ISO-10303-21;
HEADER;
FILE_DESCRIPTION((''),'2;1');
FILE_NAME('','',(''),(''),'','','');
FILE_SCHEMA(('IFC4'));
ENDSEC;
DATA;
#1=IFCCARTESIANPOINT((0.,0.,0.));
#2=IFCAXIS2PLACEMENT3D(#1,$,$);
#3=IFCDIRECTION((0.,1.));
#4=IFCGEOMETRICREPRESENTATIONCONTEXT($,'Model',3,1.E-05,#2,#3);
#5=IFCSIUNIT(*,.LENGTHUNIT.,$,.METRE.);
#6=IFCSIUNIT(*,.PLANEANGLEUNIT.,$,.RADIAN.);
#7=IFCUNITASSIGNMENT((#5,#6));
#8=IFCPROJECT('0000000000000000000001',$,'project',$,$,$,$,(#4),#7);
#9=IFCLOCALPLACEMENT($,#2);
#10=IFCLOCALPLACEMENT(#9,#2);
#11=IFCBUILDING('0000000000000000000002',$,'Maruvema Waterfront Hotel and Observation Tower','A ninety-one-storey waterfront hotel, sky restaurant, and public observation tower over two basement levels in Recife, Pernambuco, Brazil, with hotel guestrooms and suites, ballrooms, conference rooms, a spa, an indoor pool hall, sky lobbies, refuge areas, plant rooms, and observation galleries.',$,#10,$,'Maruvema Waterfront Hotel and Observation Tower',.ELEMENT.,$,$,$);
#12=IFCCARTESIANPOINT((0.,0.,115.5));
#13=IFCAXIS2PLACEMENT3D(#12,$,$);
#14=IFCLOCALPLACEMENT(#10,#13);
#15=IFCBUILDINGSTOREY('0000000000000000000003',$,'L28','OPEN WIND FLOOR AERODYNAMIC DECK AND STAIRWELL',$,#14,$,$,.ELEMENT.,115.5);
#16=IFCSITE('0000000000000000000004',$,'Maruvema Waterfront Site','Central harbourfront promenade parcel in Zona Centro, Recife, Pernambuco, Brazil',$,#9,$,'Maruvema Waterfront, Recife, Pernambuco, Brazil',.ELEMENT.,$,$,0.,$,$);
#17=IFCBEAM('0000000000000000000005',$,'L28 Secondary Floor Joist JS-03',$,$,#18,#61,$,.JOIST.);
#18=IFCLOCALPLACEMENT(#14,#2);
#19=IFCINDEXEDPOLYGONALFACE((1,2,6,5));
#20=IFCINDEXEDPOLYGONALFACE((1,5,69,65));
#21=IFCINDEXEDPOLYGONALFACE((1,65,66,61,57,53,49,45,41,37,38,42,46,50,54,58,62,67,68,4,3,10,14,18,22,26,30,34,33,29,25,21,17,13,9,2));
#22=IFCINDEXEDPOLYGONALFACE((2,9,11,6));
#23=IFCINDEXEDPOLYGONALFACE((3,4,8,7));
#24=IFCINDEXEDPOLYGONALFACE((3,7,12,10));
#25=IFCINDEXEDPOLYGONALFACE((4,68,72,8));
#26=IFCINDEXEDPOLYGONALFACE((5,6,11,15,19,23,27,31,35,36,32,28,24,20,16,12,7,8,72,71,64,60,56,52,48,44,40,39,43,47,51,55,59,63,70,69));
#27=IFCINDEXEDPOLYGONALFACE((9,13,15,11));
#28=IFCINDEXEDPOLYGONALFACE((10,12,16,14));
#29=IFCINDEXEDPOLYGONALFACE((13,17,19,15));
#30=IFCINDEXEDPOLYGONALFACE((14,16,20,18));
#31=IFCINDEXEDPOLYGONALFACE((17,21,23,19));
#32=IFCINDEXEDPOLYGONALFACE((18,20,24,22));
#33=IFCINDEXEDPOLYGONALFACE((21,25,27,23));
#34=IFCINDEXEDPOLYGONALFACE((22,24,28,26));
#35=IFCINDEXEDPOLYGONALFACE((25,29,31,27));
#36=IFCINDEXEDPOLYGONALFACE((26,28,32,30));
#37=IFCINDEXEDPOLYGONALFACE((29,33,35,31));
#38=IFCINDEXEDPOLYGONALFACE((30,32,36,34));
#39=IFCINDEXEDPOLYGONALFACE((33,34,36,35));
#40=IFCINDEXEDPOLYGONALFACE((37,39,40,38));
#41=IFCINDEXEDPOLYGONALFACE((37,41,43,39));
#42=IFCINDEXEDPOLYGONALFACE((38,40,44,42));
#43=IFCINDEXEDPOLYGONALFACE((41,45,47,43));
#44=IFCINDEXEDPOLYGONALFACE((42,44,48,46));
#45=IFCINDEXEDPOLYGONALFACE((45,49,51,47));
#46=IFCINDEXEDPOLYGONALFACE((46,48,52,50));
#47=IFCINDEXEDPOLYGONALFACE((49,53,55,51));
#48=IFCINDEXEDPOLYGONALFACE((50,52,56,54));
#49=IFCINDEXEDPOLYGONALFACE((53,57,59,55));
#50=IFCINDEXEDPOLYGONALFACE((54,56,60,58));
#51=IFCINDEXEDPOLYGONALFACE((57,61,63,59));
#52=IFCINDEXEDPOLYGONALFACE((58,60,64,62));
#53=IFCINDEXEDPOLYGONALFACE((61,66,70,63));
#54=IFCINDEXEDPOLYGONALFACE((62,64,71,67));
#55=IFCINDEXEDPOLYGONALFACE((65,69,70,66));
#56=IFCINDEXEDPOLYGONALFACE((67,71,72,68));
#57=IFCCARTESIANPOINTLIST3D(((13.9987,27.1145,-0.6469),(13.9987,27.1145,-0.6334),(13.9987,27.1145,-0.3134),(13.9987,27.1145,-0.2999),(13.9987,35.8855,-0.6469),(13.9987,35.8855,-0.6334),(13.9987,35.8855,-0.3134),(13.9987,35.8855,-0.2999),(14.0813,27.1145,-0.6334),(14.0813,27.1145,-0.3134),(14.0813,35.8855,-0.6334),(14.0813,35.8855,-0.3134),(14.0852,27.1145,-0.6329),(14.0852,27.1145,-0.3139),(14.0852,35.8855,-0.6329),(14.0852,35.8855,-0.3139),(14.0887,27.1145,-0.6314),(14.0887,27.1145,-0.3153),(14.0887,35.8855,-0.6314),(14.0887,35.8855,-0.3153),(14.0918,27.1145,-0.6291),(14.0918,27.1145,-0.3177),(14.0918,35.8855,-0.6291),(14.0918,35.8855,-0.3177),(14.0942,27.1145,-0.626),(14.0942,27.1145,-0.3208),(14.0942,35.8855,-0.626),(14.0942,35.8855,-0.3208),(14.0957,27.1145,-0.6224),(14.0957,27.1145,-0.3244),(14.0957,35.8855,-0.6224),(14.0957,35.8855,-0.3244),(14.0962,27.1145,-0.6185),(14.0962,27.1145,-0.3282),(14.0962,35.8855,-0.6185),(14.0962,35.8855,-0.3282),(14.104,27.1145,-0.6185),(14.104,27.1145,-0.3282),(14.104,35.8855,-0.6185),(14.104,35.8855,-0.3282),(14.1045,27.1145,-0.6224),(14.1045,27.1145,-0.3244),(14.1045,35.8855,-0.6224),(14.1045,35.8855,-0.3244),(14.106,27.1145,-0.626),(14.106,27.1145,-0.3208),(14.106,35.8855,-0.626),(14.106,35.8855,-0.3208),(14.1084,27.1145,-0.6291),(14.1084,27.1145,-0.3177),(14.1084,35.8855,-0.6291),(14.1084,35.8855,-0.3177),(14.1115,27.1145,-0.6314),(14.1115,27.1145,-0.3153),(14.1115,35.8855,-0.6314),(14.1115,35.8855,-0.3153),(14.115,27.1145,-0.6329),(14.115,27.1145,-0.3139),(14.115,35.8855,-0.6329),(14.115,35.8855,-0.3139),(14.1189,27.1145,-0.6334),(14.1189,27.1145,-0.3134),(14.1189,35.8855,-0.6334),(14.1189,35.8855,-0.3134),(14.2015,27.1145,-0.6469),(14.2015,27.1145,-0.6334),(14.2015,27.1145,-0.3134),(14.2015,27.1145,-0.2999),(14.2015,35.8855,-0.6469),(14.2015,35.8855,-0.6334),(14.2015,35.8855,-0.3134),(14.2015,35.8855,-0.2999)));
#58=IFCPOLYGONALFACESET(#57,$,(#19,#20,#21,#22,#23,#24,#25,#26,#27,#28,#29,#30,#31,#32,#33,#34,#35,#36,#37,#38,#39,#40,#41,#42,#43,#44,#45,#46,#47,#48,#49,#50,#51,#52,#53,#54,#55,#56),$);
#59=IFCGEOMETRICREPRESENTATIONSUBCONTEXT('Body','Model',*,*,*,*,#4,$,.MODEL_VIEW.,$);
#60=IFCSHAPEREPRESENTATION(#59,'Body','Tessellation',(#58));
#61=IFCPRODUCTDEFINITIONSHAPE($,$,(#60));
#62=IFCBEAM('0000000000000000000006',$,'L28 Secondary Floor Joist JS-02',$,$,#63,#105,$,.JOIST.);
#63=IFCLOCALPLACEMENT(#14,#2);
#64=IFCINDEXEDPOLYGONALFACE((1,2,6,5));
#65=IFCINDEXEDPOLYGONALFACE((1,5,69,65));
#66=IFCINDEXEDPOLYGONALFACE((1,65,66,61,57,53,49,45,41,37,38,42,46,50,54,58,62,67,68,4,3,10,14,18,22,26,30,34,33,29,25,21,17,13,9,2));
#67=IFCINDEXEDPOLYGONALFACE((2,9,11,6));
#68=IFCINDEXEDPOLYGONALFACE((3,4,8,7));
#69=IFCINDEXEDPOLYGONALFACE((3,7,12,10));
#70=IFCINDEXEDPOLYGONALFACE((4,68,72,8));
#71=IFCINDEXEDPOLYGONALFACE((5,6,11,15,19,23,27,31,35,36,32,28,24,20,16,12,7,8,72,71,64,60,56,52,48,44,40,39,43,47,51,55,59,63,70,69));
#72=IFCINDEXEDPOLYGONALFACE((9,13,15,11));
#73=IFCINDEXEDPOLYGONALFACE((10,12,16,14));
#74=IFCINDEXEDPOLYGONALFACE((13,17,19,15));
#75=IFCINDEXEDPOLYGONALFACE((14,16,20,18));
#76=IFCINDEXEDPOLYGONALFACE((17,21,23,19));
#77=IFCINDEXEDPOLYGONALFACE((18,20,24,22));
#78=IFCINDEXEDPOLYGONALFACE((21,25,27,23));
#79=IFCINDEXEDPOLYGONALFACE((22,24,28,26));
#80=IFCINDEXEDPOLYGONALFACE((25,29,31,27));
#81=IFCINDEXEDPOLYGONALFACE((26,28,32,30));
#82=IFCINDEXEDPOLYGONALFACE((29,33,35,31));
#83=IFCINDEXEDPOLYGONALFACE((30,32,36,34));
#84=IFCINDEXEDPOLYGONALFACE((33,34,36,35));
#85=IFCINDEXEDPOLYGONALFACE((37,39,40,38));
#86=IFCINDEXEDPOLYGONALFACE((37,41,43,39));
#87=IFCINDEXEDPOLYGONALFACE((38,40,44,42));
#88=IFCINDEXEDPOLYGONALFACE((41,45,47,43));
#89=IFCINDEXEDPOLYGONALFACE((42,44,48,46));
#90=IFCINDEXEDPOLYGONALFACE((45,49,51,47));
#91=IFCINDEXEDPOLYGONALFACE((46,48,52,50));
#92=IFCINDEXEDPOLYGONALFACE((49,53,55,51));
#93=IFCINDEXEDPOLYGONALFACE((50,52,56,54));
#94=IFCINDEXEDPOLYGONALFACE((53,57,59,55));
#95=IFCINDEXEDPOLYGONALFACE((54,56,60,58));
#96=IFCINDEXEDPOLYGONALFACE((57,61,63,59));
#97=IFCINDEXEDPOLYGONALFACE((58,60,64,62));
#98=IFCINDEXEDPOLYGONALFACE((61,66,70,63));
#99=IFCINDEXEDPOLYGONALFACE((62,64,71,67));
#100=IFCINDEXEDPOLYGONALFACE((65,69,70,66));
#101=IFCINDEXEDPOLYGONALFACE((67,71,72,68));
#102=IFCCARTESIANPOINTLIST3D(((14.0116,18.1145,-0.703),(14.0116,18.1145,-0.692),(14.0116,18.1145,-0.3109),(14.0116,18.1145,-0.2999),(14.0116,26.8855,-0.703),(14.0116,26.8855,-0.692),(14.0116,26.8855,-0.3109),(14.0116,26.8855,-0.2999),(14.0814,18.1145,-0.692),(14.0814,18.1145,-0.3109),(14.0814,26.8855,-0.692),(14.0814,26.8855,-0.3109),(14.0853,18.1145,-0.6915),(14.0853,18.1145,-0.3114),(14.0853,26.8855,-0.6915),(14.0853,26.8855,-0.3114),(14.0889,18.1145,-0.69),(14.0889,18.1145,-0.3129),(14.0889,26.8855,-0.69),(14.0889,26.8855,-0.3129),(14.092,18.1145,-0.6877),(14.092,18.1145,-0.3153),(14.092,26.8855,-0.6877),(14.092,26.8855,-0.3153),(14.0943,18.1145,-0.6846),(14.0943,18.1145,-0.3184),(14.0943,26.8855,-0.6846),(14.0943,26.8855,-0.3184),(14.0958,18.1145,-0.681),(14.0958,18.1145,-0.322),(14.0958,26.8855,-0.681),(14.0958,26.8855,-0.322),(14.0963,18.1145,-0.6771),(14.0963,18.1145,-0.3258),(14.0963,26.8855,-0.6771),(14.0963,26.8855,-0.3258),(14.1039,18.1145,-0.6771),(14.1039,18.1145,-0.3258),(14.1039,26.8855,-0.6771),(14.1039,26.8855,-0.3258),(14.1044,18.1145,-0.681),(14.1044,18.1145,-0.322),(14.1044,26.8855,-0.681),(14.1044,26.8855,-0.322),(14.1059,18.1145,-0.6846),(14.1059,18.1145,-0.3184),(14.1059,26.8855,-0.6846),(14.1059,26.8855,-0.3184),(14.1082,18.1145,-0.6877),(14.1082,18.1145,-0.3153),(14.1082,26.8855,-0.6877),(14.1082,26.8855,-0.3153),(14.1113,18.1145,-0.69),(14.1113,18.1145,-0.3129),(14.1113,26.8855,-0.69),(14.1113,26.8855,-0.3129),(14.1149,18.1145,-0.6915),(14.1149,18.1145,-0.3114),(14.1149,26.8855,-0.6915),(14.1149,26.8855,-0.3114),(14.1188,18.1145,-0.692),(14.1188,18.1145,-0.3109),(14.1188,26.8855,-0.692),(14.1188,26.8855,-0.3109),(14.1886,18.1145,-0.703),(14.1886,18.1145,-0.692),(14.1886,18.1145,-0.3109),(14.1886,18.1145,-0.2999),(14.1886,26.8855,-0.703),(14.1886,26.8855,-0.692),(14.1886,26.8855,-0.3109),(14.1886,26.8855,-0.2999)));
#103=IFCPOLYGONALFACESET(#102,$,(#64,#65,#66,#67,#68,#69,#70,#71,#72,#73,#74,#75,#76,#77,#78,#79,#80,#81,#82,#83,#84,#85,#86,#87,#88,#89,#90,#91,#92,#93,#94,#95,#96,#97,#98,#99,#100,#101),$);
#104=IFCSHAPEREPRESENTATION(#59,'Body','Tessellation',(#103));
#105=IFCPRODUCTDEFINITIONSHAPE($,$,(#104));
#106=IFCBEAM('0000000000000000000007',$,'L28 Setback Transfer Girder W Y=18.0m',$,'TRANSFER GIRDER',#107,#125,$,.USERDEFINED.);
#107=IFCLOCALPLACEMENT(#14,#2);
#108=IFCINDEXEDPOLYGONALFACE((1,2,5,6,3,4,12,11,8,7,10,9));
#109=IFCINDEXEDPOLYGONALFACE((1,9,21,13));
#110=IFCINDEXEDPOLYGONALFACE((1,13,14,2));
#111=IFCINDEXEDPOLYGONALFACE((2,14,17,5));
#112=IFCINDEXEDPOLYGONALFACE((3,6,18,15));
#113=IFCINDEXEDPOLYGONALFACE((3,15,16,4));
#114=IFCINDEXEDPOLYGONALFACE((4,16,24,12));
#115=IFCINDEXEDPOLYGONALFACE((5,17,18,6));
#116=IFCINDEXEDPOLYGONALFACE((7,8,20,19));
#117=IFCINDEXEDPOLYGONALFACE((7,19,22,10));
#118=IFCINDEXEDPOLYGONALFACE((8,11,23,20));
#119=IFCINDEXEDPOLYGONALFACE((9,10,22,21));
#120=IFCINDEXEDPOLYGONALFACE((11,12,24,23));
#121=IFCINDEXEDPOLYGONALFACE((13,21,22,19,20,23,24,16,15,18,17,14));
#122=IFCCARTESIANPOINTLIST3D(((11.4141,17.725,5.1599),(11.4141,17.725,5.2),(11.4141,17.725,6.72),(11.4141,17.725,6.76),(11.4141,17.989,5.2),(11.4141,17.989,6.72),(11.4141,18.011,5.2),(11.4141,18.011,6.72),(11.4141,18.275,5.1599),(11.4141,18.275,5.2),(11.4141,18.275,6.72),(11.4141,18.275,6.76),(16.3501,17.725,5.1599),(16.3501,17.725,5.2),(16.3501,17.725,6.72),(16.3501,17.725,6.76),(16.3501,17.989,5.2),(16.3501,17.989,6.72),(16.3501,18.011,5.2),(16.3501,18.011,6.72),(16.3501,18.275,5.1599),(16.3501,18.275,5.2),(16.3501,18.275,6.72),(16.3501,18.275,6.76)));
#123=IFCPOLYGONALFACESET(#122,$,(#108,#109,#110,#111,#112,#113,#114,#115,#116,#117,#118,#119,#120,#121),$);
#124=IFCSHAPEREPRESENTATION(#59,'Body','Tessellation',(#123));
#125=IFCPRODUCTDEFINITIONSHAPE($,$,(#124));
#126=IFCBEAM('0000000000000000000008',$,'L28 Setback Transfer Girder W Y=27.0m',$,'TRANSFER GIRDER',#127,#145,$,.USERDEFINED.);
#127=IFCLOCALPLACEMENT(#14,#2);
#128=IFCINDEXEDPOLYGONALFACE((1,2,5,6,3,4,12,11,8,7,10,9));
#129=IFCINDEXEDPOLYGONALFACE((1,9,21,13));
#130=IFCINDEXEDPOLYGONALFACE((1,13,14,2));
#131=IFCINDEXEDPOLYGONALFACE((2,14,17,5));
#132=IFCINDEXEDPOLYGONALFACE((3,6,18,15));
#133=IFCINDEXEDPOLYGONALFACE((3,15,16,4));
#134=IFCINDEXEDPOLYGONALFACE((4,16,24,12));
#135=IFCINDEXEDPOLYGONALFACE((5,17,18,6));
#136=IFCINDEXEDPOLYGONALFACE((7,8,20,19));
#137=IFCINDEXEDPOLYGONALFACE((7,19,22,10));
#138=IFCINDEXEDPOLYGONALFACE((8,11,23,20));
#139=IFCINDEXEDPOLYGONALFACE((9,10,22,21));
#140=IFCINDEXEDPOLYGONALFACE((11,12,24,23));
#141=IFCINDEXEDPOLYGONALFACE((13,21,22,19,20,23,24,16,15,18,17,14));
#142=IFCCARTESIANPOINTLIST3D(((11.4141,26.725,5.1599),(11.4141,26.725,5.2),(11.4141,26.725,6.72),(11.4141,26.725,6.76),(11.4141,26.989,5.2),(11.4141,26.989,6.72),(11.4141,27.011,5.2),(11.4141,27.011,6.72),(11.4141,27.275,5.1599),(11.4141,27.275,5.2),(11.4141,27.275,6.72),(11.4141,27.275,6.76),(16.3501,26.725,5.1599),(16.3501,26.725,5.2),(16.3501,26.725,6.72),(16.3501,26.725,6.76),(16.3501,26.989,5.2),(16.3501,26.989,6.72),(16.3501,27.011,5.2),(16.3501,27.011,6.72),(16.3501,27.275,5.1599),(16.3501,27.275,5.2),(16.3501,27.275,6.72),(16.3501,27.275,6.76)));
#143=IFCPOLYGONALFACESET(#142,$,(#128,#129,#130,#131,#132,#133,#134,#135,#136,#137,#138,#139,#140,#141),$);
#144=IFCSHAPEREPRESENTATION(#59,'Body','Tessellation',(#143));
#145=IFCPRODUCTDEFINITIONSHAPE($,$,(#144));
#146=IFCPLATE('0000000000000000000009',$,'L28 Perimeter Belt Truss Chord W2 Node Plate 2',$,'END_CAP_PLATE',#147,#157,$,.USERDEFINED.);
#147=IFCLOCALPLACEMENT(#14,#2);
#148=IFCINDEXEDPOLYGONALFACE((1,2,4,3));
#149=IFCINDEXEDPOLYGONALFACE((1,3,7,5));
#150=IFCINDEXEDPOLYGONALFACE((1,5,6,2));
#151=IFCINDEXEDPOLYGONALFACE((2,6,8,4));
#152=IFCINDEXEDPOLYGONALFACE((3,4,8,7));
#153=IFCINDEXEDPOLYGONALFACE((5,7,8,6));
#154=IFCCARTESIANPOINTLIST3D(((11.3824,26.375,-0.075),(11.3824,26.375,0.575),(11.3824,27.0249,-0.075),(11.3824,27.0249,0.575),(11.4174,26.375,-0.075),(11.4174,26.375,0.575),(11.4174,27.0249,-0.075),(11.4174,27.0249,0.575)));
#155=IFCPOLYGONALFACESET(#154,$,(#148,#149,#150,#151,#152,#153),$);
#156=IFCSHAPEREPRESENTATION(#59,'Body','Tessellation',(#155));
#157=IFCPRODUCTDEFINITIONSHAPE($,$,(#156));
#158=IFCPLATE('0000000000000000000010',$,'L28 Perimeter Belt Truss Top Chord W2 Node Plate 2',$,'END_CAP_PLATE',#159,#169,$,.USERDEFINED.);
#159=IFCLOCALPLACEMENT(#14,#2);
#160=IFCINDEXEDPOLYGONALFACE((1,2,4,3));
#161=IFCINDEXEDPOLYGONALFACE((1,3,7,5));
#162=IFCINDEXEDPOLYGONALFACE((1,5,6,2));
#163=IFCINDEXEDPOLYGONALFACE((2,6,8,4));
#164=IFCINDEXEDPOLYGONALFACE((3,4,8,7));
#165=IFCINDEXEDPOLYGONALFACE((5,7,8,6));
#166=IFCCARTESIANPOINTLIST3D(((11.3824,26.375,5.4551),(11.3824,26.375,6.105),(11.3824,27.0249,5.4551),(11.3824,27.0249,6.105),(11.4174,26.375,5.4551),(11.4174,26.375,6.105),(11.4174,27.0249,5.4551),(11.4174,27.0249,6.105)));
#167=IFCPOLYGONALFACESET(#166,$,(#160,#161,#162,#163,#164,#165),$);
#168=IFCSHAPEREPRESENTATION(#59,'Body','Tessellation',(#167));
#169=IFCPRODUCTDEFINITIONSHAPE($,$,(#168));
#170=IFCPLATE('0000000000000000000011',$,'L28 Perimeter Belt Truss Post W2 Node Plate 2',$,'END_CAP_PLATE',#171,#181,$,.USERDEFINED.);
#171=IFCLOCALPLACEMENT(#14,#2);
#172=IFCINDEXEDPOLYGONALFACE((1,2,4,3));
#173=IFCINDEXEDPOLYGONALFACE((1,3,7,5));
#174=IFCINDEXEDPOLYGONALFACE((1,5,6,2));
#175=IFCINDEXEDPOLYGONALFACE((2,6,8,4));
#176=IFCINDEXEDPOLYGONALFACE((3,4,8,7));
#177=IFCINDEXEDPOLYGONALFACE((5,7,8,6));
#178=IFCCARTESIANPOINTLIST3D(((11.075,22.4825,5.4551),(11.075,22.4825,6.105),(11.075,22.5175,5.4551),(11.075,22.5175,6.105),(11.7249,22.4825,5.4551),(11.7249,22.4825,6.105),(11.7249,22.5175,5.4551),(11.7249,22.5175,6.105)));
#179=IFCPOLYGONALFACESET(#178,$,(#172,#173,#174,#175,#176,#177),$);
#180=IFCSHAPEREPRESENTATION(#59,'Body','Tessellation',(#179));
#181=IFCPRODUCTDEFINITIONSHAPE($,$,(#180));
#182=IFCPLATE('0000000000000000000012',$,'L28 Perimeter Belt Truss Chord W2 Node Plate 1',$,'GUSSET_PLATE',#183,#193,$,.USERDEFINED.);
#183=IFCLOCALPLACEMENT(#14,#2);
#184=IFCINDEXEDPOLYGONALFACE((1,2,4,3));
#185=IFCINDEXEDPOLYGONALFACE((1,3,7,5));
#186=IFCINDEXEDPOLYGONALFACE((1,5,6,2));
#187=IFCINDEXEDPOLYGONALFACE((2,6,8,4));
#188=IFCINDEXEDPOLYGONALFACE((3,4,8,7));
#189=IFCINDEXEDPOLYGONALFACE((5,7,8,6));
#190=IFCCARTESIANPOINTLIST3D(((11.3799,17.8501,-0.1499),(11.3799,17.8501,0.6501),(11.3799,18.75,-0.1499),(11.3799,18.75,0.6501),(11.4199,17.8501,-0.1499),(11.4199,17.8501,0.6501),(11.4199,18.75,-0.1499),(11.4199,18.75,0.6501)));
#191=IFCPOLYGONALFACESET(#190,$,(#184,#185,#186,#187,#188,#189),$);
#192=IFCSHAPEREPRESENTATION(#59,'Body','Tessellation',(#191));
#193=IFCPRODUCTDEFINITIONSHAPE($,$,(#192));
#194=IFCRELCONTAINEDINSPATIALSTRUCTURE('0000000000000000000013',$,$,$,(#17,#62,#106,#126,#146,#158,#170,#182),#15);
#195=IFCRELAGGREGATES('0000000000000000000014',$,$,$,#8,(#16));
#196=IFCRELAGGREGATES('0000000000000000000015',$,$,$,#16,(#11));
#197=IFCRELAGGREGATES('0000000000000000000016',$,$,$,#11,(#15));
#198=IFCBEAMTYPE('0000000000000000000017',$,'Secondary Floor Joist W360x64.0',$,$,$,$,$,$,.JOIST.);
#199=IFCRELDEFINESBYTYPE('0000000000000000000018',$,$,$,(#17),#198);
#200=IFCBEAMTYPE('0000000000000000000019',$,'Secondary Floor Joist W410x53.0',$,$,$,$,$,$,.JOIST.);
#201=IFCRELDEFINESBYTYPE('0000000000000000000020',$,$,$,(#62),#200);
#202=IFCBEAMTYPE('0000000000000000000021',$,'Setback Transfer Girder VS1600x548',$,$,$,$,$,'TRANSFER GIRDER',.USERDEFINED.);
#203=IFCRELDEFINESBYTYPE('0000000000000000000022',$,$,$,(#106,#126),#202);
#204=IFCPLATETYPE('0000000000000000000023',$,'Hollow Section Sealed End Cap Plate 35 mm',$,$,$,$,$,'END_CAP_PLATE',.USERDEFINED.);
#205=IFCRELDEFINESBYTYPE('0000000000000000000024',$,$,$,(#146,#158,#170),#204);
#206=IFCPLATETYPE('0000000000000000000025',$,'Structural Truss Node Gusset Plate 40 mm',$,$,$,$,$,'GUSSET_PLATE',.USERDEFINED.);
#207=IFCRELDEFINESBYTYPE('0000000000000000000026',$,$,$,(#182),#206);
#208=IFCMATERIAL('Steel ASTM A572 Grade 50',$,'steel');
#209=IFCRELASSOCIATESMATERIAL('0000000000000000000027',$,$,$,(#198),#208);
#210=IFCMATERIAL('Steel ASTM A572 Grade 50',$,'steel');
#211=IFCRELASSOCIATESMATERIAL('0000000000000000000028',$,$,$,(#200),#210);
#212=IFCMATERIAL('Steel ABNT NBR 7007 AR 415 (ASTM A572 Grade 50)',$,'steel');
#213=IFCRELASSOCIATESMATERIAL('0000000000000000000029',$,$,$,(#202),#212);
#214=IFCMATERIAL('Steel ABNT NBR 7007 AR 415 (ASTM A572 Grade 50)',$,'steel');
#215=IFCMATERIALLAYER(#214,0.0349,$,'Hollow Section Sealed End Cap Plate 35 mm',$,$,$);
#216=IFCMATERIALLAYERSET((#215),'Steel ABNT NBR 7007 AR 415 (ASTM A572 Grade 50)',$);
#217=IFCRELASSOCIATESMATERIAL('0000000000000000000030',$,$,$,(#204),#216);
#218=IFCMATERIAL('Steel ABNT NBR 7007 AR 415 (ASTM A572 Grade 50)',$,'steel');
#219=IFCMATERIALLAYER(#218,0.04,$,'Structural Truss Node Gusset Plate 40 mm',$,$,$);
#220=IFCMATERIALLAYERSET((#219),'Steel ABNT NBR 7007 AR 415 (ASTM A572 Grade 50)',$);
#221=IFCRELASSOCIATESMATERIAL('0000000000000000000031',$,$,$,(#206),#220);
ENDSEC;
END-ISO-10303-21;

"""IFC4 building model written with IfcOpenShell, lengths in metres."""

from ifc_helpers import new_model, si_unit, direction, frame, origin, origin_2d, place, context, subcontext, project, spatial, rectangle, i_section, extrude, material, layer, layer_set, material_profile, profile_set, type_object, element, save


model = new_model("IFC4")

# Units and contexts
model_context = context("Model", 3, precision=1e-05, world=origin(), true_north=direction((0.0, 1.0)))
body_context = subcontext(model_context, "Body", "Model", "MODEL_VIEW")
ifc_project = project(units=[si_unit("LENGTHUNIT", "METRE"), si_unit("PLANEANGLEUNIT", "RADIAN")], contexts=[model_context])

# Site, building, storey
site_placement = place(None, origin())
site = spatial("IfcSite", under=ifc_project, at=site_placement, Name="Maruvema Waterfront Site", Description="Central harbourfront promenade parcel in Zona Centro, Recife, Pernambuco, Brazil", LongName="Maruvema Waterfront, Recife, Pernambuco, Brazil", CompositionType="ELEMENT", RefElevation=0.0)
building_placement = place(site_placement, origin())
building = spatial("IfcBuilding", under=site, at=building_placement, Name="Maruvema Waterfront Hotel and Observation Tower", Description="A ninety-one-storey waterfront hotel, sky restaurant, and public observation tower over two basement levels in Recife, Pernambuco, Brazil, with hotel guestrooms and suites, ballrooms, conference rooms, a spa, an indoor pool hall, sky lobbies, refuge areas, plant rooms, and observation galleries.", LongName="Maruvema Waterfront Hotel and Observation Tower", CompositionType="ELEMENT")
storey_placement = place(building_placement, frame((0.0, 0.0, 115.5)))
storey = spatial("IfcBuildingStorey", under=building, at=storey_placement, Name="L28", Description="OPEN WIND FLOOR AERODYNAMIC DECK AND STAIRWELL", CompositionType="ELEMENT", Elevation=115.5)

# Beams
ifc_material_1 = material(Name="Steel ASTM A572 Grade 50", Category="steel")
ifc_material_profile_1 = material_profile(ifc_material_1, i_section(OverallWidth=0.2029, OverallDepth=0.3469, WebThickness=0.0078, FlangeThickness=0.0134, FilletRadius=0.0149, at=origin_2d()), Name="W360x64.0")
ifc_profile_set_1 = profile_set([ifc_material_profile_1], Name="Steel ASTM A572 Grade 50")
beam_type_1 = type_object("IfcBeamType", Name="Secondary Floor Joist W360x64.0", PredefinedType="JOIST", material=ifc_profile_set_1)
beam_1_placement = place(storey_placement, frame((14.1001, 27.1145, -0.4734), z_axis=(0.0, 1.0, 0.0), x_axis=(-1.0, 0.0, 0.0)))
element("IfcBeam", 1, at=beam_1_placement, inside=storey, type_object=beam_type_1, Name="L28 Secondary Floor Joist JS-03", PredefinedType="JOIST", context=body_context, shape_type="SweptSolid", body=[
    extrude(i_section(OverallWidth=0.2029, OverallDepth=0.3469, WebThickness=0.0078, FlangeThickness=0.0134, FilletRadius=0.0149, at=origin_2d()), origin(), (0.0, 0.0, 1.0), 8.771),
])
ifc_material_2 = material(Name="Steel ASTM A572 Grade 50", Category="steel")
ifc_material_profile_2 = material_profile(ifc_material_2, i_section(OverallWidth=0.177, OverallDepth=0.4031, WebThickness=0.0076, FlangeThickness=0.011, FilletRadius=0.0149, at=origin_2d()), Name="W410x53.0")
ifc_profile_set_2 = profile_set([ifc_material_profile_2], Name="Steel ASTM A572 Grade 50")
beam_type_2 = type_object("IfcBeamType", Name="Secondary Floor Joist W410x53.0", PredefinedType="JOIST", material=ifc_profile_set_2)
beam_2_placement = place(storey_placement, frame((14.1001, 18.1145, -0.5015), z_axis=(0.0, 1.0, 0.0), x_axis=(-1.0, 0.0, 0.0)))
element("IfcBeam", 2, at=beam_2_placement, inside=storey, type_object=beam_type_2, Name="L28 Secondary Floor Joist JS-02", PredefinedType="JOIST", context=body_context, shape_type="SweptSolid", body=[
    extrude(i_section(OverallWidth=0.177, OverallDepth=0.4031, WebThickness=0.0076, FlangeThickness=0.011, FilletRadius=0.0149, at=origin_2d()), origin(), (0.0, 0.0, 1.0), 8.771),
])
ifc_material_3 = material(Name="Steel ABNT NBR 7007 AR 415 (ASTM A572 Grade 50)", Category="steel")
ifc_material_profile_3 = material_profile(ifc_material_3, i_section(OverallWidth=0.55, OverallDepth=1.6001, WebThickness=0.022, FlangeThickness=0.04, at=origin_2d()), Name="VS1600x548")
ifc_profile_set_3 = profile_set([ifc_material_profile_3], Name="Steel ABNT NBR 7007 AR 415 (ASTM A572 Grade 50)")
beam_type_3 = type_object("IfcBeamType", Name="Setback Transfer Girder VS1600x548", ElementType="TRANSFER GIRDER", PredefinedType="USERDEFINED", material=ifc_profile_set_3)
for number, where, z_axis, x_axis, name in (
    (3, (11.4141, 18.0, 5.96), (1.0, 0.0, 0.0), (0.0, 1.0, 0.0), "L28 Setback Transfer Girder W Y=18.0m"),
    (4, (11.4141, 27.0, 5.96), (1.0, 0.0, 0.0), (0.0, 1.0, 0.0), "L28 Setback Transfer Girder W Y=27.0m"),
):
    element("IfcBeam", number, at=place(storey_placement, frame(where, z_axis=z_axis, x_axis=x_axis)), inside=storey, type_object=beam_type_3, Name=name, ObjectType="TRANSFER GIRDER", PredefinedType="USERDEFINED", context=body_context, shape_type="SweptSolid", body=[
        extrude(i_section(OverallWidth=0.55, OverallDepth=1.6001, WebThickness=0.022, FlangeThickness=0.04, at=origin_2d()), origin(), (0.0, 0.0, 1.0), 4.936),
    ])

# Plates
ifc_material_4 = material(Name="Steel ABNT NBR 7007 AR 415 (ASTM A572 Grade 50)", Category="steel")
ifc_layer_1 = layer(ifc_material_4, 0.0349, Name="Hollow Section Sealed End Cap Plate 35 mm")
ifc_layer_set_1 = layer_set([ifc_layer_1], Name="Steel ABNT NBR 7007 AR 415 (ASTM A572 Grade 50)")
plate_type_1 = type_object("IfcPlateType", Name="Hollow Section Sealed End Cap Plate 35 mm", ElementType="END_CAP_PLATE", PredefinedType="USERDEFINED", material=ifc_layer_set_1)
for number, where, z_axis, x_axis, name in (
    (5, (11.3999, 26.7, -0.075), (0.0, 0.0, 1.0), (0.0, 1.0, 0.0), "L28 Perimeter Belt Truss Chord W2 Node Plate 2"),
    (6, (11.3999, 26.7, 5.4551), (0.0, 0.0, 1.0), (0.0, 1.0, 0.0), "L28 Perimeter Belt Truss Top Chord W2 Node Plate 2"),
    (7, (11.3999, 22.5, 5.4551), (0.0, 0.0, 1.0), (1.0, 0.0, 0.0), "L28 Perimeter Belt Truss Post W2 Node Plate 2"),
):
    element("IfcPlate", number, at=place(storey_placement, frame(where, z_axis=z_axis, x_axis=x_axis)), inside=storey, type_object=plate_type_1, Name=name, ObjectType="END_CAP_PLATE", PredefinedType="USERDEFINED", context=body_context, shape_type="SweptSolid", body=[
        extrude(rectangle(XDim=0.6499, YDim=0.0349, at=origin_2d()), origin(), (0.0, 0.0, 1.0), 0.6499),
    ])
ifc_material_5 = material(Name="Steel ABNT NBR 7007 AR 415 (ASTM A572 Grade 50)", Category="steel")
ifc_layer_2 = layer(ifc_material_5, 0.04, Name="Structural Truss Node Gusset Plate 40 mm")
ifc_layer_set_2 = layer_set([ifc_layer_2], Name="Steel ABNT NBR 7007 AR 415 (ASTM A572 Grade 50)")
plate_type_2 = type_object("IfcPlateType", Name="Structural Truss Node Gusset Plate 40 mm", ElementType="GUSSET_PLATE", PredefinedType="USERDEFINED", material=ifc_layer_set_2)
for number, where, z_axis, x_axis, name in (
    (8, (11.3999, 18.3, -0.1499), (0.0, 0.0, 1.0), (0.0, 1.0, 0.0), "L28 Perimeter Belt Truss Chord W2 Node Plate 1"),
):
    element("IfcPlate", number, at=place(storey_placement, frame(where, z_axis=z_axis, x_axis=x_axis)), inside=storey, type_object=plate_type_2, Name=name, ObjectType="GUSSET_PLATE", PredefinedType="USERDEFINED", context=body_context, shape_type="SweptSolid", body=[
        extrude(rectangle(XDim=0.8999, YDim=0.04, at=origin_2d()), origin(), (0.0, 0.0, 1.0), 0.8),
    ])

save(model, "model.ifc")
